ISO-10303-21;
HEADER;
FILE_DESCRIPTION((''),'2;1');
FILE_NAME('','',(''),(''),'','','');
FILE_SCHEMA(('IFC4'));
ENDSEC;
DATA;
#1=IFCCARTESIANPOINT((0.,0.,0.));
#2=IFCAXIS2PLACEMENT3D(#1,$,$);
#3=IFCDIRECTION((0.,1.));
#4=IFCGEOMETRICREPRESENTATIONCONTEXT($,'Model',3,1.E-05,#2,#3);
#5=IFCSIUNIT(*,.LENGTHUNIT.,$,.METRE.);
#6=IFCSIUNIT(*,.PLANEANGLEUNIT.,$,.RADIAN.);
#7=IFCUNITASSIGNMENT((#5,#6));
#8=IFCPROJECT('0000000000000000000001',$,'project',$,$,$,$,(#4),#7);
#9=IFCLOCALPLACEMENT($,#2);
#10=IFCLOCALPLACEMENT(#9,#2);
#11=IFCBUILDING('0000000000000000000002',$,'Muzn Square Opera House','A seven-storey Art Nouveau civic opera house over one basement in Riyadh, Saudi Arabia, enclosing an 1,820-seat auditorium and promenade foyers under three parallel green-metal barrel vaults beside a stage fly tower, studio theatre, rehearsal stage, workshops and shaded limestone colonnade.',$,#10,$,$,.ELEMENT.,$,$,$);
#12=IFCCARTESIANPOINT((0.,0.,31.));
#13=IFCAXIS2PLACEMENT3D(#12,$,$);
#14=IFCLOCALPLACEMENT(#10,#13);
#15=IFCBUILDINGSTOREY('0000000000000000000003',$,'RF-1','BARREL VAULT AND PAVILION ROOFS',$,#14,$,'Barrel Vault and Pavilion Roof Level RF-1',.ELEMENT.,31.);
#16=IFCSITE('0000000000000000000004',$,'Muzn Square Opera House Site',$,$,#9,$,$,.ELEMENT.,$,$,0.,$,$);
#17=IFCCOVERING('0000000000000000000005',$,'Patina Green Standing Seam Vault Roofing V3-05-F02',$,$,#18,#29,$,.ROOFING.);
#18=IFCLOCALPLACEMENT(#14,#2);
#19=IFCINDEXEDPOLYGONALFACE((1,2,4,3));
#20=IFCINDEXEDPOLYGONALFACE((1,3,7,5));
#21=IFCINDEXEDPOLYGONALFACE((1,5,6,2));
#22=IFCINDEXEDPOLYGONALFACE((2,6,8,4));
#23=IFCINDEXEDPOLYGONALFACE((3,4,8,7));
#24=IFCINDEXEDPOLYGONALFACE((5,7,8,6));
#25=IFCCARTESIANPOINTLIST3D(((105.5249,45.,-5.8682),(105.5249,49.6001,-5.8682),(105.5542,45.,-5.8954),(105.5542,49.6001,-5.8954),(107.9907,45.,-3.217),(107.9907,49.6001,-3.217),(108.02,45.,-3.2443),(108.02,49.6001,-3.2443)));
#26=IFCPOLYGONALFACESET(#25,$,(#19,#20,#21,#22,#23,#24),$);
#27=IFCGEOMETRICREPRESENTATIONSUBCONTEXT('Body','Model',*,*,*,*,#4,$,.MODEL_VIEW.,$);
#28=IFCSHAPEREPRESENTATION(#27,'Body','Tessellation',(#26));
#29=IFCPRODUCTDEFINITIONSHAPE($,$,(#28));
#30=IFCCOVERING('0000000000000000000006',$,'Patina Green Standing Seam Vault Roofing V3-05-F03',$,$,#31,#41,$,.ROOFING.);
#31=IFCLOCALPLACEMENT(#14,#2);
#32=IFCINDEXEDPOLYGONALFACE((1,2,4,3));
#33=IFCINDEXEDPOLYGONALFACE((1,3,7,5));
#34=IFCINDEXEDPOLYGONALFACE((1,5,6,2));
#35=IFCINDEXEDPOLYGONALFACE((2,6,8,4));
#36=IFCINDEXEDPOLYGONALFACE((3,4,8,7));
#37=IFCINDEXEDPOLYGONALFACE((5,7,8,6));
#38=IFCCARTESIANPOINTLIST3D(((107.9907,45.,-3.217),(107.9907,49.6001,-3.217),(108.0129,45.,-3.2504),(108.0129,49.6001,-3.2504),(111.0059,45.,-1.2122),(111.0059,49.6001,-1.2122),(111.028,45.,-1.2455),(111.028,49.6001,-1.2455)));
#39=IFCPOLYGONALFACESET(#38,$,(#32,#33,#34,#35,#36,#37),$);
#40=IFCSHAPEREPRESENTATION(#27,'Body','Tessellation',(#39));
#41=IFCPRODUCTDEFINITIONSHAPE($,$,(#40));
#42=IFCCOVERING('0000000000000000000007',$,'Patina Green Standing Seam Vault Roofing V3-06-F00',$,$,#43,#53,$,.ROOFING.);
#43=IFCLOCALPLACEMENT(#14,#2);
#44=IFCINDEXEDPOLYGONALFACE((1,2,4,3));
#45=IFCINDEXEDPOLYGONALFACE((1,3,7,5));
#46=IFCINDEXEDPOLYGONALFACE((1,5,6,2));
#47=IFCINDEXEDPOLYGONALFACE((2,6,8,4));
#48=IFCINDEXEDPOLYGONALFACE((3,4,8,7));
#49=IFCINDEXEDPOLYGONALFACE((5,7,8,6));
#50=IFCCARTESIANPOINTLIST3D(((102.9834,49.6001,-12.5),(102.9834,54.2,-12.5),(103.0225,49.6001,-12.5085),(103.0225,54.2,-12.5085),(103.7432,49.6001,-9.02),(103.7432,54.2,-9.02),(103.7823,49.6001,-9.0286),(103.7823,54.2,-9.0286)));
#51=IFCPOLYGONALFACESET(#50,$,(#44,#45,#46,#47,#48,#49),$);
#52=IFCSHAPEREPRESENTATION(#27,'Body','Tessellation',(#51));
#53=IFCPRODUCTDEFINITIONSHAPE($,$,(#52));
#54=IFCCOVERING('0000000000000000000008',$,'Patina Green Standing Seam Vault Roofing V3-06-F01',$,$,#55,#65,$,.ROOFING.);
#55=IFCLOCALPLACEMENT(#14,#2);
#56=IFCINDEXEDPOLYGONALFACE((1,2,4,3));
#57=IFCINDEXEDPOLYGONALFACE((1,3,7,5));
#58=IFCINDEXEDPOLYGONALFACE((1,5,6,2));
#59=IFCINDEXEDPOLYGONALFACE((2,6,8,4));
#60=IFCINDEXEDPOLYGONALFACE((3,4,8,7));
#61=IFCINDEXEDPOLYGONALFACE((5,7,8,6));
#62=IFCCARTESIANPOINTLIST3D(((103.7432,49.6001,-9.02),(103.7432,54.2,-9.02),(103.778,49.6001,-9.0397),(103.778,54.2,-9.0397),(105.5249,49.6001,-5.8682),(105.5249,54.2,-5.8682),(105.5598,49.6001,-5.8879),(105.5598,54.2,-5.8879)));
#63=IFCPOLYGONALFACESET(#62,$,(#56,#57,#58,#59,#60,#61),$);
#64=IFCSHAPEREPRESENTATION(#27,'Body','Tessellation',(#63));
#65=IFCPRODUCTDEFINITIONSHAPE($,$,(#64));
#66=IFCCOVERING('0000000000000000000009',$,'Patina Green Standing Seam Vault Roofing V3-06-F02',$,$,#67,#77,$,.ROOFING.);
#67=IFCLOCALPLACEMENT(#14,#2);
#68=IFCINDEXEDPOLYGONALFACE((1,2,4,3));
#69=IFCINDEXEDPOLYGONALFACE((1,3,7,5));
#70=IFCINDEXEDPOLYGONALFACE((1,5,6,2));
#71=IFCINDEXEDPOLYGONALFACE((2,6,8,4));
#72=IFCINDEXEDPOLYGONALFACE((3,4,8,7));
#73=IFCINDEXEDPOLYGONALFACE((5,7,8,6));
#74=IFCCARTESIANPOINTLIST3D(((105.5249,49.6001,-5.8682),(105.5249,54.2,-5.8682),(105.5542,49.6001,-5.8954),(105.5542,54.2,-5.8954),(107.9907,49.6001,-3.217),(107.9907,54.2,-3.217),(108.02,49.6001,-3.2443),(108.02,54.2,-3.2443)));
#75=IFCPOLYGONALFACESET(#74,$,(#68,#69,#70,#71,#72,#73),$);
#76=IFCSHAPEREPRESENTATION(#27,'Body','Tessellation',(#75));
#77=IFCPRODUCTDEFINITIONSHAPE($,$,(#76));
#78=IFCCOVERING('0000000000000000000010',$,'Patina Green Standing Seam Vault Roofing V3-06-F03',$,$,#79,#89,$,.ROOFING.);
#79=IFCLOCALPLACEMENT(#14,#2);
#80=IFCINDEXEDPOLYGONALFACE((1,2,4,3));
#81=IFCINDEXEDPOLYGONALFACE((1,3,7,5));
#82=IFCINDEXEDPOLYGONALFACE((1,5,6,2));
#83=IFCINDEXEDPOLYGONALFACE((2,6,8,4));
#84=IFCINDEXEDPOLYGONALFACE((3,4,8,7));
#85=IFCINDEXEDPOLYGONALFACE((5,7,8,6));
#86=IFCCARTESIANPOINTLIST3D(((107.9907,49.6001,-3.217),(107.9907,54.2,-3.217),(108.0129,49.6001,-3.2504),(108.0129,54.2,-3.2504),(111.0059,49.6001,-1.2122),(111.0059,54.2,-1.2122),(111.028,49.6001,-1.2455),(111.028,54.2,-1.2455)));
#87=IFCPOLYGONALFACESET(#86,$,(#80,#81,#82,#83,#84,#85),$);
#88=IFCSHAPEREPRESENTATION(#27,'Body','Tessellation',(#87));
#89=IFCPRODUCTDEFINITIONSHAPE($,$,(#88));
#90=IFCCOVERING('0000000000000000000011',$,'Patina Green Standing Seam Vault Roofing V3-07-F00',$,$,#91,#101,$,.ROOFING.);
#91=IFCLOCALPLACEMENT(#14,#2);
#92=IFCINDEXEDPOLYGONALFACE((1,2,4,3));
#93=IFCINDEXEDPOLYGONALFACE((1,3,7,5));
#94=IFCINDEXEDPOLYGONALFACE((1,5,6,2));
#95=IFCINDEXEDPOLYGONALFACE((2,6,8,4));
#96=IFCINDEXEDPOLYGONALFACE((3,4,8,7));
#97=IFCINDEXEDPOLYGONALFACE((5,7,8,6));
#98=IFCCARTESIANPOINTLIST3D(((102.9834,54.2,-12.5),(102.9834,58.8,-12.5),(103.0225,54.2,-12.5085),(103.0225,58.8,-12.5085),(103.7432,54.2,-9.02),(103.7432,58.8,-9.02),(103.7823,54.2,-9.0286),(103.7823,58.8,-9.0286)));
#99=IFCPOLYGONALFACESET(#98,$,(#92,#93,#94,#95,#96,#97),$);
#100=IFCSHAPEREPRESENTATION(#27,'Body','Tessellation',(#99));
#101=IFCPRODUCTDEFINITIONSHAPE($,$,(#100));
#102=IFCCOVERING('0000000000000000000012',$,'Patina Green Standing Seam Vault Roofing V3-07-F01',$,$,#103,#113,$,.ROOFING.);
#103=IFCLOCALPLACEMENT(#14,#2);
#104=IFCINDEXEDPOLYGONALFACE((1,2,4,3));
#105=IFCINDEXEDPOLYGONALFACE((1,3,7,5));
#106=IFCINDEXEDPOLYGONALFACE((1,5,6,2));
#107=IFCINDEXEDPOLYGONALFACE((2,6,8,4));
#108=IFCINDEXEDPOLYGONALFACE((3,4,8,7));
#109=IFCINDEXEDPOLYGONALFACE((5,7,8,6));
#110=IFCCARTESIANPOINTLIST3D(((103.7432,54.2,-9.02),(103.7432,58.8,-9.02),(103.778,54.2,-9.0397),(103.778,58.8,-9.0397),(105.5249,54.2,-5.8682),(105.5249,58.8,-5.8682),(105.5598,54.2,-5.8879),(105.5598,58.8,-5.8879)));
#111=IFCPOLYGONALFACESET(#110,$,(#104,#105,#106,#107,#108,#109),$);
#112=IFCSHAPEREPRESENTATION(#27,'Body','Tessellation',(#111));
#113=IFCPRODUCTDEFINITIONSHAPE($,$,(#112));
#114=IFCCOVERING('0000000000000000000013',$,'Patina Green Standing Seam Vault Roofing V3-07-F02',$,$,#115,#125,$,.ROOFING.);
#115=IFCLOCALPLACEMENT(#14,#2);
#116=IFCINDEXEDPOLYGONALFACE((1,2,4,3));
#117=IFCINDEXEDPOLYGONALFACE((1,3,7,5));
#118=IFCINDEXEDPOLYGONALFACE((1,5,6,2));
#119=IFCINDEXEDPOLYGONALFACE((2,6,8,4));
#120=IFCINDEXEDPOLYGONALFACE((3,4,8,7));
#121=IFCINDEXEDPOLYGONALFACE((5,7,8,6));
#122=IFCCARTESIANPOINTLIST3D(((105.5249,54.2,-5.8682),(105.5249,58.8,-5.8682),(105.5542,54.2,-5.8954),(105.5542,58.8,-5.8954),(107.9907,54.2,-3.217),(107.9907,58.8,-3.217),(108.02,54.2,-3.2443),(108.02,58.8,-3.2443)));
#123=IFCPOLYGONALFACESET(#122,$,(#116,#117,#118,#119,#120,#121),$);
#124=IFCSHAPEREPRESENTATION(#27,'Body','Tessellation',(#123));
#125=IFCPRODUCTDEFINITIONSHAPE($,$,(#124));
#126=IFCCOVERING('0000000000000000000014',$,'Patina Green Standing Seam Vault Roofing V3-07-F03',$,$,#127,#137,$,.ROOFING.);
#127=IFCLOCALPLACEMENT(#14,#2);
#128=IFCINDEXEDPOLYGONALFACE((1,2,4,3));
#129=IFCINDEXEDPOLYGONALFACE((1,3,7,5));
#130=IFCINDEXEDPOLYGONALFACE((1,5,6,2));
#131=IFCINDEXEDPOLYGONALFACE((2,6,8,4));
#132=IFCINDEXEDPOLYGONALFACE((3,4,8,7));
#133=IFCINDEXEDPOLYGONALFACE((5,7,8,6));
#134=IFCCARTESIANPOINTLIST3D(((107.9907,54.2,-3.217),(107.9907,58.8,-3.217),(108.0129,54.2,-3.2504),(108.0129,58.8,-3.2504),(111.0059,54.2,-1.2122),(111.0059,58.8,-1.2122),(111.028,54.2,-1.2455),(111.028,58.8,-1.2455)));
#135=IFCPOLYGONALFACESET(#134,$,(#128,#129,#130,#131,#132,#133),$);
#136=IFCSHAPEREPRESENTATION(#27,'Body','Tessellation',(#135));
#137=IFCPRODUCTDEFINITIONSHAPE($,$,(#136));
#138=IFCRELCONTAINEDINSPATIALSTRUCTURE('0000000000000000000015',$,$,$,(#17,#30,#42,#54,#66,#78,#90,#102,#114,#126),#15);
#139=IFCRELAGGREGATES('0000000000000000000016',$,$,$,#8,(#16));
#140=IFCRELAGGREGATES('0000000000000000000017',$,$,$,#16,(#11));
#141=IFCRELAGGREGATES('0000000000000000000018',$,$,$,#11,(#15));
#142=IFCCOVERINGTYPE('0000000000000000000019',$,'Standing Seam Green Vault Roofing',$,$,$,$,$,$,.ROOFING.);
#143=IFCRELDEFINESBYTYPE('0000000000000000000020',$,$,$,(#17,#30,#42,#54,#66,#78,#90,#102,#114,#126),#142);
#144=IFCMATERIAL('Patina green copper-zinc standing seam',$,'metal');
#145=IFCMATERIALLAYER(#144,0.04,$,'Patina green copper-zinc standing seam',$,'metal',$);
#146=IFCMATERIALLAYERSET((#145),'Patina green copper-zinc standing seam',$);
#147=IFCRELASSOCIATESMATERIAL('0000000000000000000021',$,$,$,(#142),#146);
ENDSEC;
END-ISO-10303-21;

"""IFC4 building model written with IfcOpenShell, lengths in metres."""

from ifc_helpers import new_model, si_unit, direction, frame, origin, place, context, subcontext, project, spatial, polyline, outline, extrude, material, layer, layer_set, type_object, element, save


model = new_model("IFC4")

# Units and contexts
model_context = context("Model", 3, precision=1e-05, world=origin(), true_north=direction((0.0, 1.0)))
body_context = subcontext(model_context, "Body", "Model", "MODEL_VIEW")
ifc_project = project(units=[si_unit("LENGTHUNIT", "METRE"), si_unit("PLANEANGLEUNIT", "RADIAN")], contexts=[model_context])

# Site, building, storey
site_placement = place(None, origin())
site = spatial("IfcSite", under=ifc_project, at=site_placement, Name="Muzn Square Opera House Site", CompositionType="ELEMENT", RefElevation=0.0)
building_placement = place(site_placement, origin())
building = spatial("IfcBuilding", under=site, at=building_placement, Name="Muzn Square Opera House", Description="A seven-storey Art Nouveau civic opera house over one basement in Riyadh, Saudi Arabia, enclosing an 1,820-seat auditorium and promenade foyers under three parallel green-metal barrel vaults beside a stage fly tower, studio theatre, rehearsal stage, workshops and shaded limestone colonnade.", CompositionType="ELEMENT")
storey_placement = place(building_placement, frame((0.0, 0.0, 31.0)))
storey = spatial("IfcBuildingStorey", under=building, at=storey_placement, Name="RF-1", Description="BARREL VAULT AND PAVILION ROOFS", LongName="Barrel Vault and Pavilion Roof Level RF-1", CompositionType="ELEMENT", Elevation=31.0)

# Shared definitions
ifc_material_1 = material(Name="Patina green copper-zinc standing seam", Category="metal")

# Coverings
ifc_layer_1 = layer(ifc_material_1, 0.04, Name="Patina green copper-zinc standing seam", Category="metal")
ifc_layer_set_1 = layer_set([ifc_layer_1], Name="Patina green copper-zinc standing seam")
covering_type = type_object("IfcCoveringType", Name="Standing Seam Green Vault Roofing", PredefinedType="ROOFING", material=ifc_layer_set_1)
covering_1_placement = place(storey_placement, frame((107.9907, 45.0, -3.217), z_axis=(-0.732234, 0.0, 0.681053), x_axis=(0.0, 1.0, 0.0)))
element("IfcCovering", 1, at=covering_1_placement, inside=storey, type_object=covering_type, Name="Patina Green Standing Seam Vault Roofing V3-05-F02", PredefinedType="ROOFING", context=body_context, shape_type="SweptSolid", body=[
    extrude(outline(polyline([(0.0, 3.6206), (0.0, 0.0), (4.6001, 0.0), (4.6001, 3.6206), (0.0, 3.6206)])), origin(), (0.0, 0.0, -1.0), 0.04),
])
covering_2_placement = place(storey_placement, frame((111.0059, 45.0, -1.2122), z_axis=(-0.553704, 0.0, 0.832714), x_axis=(0.0, 1.0, 0.0)))
element("IfcCovering", 2, at=covering_2_placement, inside=storey, type_object=covering_type, Name="Patina Green Standing Seam Vault Roofing V3-05-F03", PredefinedType="ROOFING", context=body_context, shape_type="SweptSolid", body=[
    extrude(outline(polyline([(0.0, 3.6209), (0.0, 0.0), (4.6001, 0.0), (4.6001, 3.6209), (0.0, 3.6209)])), origin(), (0.0, 0.0, -1.0), 0.04),
])
covering_3_placement = place(storey_placement, frame((103.7432, 49.6001, -9.02), z_axis=(-0.976987, 0.0, 0.2133), x_axis=(0.0, 1.0, 0.0)))
element("IfcCovering", 3, at=covering_3_placement, inside=storey, type_object=covering_type, Name="Patina Green Standing Seam Vault Roofing V3-06-F00", PredefinedType="ROOFING", context=body_context, shape_type="SweptSolid", body=[
    extrude(outline(polyline([(0.0, 3.562), (0.0, 0.0), (4.5999, 0.0), (4.5999, 3.562), (0.0, 3.562)])), origin(), (0.0, 0.0, -1.0), 0.04),
])
covering_4_placement = place(storey_placement, frame((105.5249, 49.6001, -5.8682), z_axis=(-0.870533, 0.0, 0.492111), x_axis=(0.0, 1.0, 0.0)))
element("IfcCovering", 4, at=covering_4_placement, inside=storey, type_object=covering_type, Name="Patina Green Standing Seam Vault Roofing V3-06-F01", PredefinedType="ROOFING", context=body_context, shape_type="SweptSolid", body=[
    extrude(outline(polyline([(0.0, 3.6206), (0.0, 0.0), (4.5999, 0.0), (4.5999, 3.6206), (0.0, 3.6206)])), origin(), (0.0, 0.0, -1.0), 0.04),
])
covering_5_placement = place(storey_placement, frame((107.9907, 49.6001, -3.217), z_axis=(-0.732234, 0.0, 0.681053), x_axis=(0.0, 1.0, 0.0)))
element("IfcCovering", 5, at=covering_5_placement, inside=storey, type_object=covering_type, Name="Patina Green Standing Seam Vault Roofing V3-06-F02", PredefinedType="ROOFING", context=body_context, shape_type="SweptSolid", body=[
    extrude(outline(polyline([(0.0, 3.6206), (0.0, 0.0), (4.5999, 0.0), (4.5999, 3.6206), (0.0, 3.6206)])), origin(), (0.0, 0.0, -1.0), 0.04),
])
covering_6_placement = place(storey_placement, frame((111.0059, 49.6001, -1.2122), z_axis=(-0.553704, 0.0, 0.832714), x_axis=(0.0, 1.0, 0.0)))
element("IfcCovering", 6, at=covering_6_placement, inside=storey, type_object=covering_type, Name="Patina Green Standing Seam Vault Roofing V3-06-F03", PredefinedType="ROOFING", context=body_context, shape_type="SweptSolid", body=[
    extrude(outline(polyline([(0.0, 3.6209), (0.0, 0.0), (4.5999, 0.0), (4.5999, 3.6209), (0.0, 3.6209)])), origin(), (0.0, 0.0, -1.0), 0.04),
])
covering_7_placement = place(storey_placement, frame((103.7432, 54.2, -9.02), z_axis=(-0.976987, 0.0, 0.2133), x_axis=(0.0, 1.0, 0.0)))
element("IfcCovering", 7, at=covering_7_placement, inside=storey, type_object=covering_type, Name="Patina Green Standing Seam Vault Roofing V3-07-F00", PredefinedType="ROOFING", context=body_context, shape_type="SweptSolid", body=[
    extrude(outline(polyline([(0.0, 3.562), (0.0, 0.0), (4.6001, 0.0), (4.6001, 3.562), (0.0, 3.562)])), origin(), (0.0, 0.0, -1.0), 0.04),
])
covering_8_placement = place(storey_placement, frame((105.5249, 54.2, -5.8682), z_axis=(-0.870533, 0.0, 0.492111), x_axis=(0.0, 1.0, 0.0)))
element("IfcCovering", 8, at=covering_8_placement, inside=storey, type_object=covering_type, Name="Patina Green Standing Seam Vault Roofing V3-07-F01", PredefinedType="ROOFING", context=body_context, shape_type="SweptSolid", body=[
    extrude(outline(polyline([(0.0, 3.6206), (0.0, 0.0), (4.6001, 0.0), (4.6001, 3.6206), (0.0, 3.6206)])), origin(), (0.0, 0.0, -1.0), 0.04),
])
covering_9_placement = place(storey_placement, frame((107.9907, 54.2, -3.217), z_axis=(-0.732234, 0.0, 0.681053), x_axis=(0.0, 1.0, 0.0)))
element("IfcCovering", 9, at=covering_9_placement, inside=storey, type_object=covering_type, Name="Patina Green Standing Seam Vault Roofing V3-07-F02", PredefinedType="ROOFING", context=body_context, shape_type="SweptSolid", body=[
    extrude(outline(polyline([(0.0, 3.6206), (0.0, 0.0), (4.6001, 0.0), (4.6001, 3.6206), (0.0, 3.6206)])), origin(), (0.0, 0.0, -1.0), 0.04),
])
covering_10_placement = place(storey_placement, frame((111.0059, 54.2, -1.2122), z_axis=(-0.553704, 0.0, 0.832714), x_axis=(0.0, 1.0, 0.0)))
element("IfcCovering", 10, at=covering_10_placement, inside=storey, type_object=covering_type, Name="Patina Green Standing Seam Vault Roofing V3-07-F03", PredefinedType="ROOFING", context=body_context, shape_type="SweptSolid", body=[
    extrude(outline(polyline([(0.0, 3.6209), (0.0, 0.0), (4.6001, 0.0), (4.6001, 3.6209), (0.0, 3.6209)])), origin(), (0.0, 0.0, -1.0), 0.04),
])

save(model, "model.ifc")
